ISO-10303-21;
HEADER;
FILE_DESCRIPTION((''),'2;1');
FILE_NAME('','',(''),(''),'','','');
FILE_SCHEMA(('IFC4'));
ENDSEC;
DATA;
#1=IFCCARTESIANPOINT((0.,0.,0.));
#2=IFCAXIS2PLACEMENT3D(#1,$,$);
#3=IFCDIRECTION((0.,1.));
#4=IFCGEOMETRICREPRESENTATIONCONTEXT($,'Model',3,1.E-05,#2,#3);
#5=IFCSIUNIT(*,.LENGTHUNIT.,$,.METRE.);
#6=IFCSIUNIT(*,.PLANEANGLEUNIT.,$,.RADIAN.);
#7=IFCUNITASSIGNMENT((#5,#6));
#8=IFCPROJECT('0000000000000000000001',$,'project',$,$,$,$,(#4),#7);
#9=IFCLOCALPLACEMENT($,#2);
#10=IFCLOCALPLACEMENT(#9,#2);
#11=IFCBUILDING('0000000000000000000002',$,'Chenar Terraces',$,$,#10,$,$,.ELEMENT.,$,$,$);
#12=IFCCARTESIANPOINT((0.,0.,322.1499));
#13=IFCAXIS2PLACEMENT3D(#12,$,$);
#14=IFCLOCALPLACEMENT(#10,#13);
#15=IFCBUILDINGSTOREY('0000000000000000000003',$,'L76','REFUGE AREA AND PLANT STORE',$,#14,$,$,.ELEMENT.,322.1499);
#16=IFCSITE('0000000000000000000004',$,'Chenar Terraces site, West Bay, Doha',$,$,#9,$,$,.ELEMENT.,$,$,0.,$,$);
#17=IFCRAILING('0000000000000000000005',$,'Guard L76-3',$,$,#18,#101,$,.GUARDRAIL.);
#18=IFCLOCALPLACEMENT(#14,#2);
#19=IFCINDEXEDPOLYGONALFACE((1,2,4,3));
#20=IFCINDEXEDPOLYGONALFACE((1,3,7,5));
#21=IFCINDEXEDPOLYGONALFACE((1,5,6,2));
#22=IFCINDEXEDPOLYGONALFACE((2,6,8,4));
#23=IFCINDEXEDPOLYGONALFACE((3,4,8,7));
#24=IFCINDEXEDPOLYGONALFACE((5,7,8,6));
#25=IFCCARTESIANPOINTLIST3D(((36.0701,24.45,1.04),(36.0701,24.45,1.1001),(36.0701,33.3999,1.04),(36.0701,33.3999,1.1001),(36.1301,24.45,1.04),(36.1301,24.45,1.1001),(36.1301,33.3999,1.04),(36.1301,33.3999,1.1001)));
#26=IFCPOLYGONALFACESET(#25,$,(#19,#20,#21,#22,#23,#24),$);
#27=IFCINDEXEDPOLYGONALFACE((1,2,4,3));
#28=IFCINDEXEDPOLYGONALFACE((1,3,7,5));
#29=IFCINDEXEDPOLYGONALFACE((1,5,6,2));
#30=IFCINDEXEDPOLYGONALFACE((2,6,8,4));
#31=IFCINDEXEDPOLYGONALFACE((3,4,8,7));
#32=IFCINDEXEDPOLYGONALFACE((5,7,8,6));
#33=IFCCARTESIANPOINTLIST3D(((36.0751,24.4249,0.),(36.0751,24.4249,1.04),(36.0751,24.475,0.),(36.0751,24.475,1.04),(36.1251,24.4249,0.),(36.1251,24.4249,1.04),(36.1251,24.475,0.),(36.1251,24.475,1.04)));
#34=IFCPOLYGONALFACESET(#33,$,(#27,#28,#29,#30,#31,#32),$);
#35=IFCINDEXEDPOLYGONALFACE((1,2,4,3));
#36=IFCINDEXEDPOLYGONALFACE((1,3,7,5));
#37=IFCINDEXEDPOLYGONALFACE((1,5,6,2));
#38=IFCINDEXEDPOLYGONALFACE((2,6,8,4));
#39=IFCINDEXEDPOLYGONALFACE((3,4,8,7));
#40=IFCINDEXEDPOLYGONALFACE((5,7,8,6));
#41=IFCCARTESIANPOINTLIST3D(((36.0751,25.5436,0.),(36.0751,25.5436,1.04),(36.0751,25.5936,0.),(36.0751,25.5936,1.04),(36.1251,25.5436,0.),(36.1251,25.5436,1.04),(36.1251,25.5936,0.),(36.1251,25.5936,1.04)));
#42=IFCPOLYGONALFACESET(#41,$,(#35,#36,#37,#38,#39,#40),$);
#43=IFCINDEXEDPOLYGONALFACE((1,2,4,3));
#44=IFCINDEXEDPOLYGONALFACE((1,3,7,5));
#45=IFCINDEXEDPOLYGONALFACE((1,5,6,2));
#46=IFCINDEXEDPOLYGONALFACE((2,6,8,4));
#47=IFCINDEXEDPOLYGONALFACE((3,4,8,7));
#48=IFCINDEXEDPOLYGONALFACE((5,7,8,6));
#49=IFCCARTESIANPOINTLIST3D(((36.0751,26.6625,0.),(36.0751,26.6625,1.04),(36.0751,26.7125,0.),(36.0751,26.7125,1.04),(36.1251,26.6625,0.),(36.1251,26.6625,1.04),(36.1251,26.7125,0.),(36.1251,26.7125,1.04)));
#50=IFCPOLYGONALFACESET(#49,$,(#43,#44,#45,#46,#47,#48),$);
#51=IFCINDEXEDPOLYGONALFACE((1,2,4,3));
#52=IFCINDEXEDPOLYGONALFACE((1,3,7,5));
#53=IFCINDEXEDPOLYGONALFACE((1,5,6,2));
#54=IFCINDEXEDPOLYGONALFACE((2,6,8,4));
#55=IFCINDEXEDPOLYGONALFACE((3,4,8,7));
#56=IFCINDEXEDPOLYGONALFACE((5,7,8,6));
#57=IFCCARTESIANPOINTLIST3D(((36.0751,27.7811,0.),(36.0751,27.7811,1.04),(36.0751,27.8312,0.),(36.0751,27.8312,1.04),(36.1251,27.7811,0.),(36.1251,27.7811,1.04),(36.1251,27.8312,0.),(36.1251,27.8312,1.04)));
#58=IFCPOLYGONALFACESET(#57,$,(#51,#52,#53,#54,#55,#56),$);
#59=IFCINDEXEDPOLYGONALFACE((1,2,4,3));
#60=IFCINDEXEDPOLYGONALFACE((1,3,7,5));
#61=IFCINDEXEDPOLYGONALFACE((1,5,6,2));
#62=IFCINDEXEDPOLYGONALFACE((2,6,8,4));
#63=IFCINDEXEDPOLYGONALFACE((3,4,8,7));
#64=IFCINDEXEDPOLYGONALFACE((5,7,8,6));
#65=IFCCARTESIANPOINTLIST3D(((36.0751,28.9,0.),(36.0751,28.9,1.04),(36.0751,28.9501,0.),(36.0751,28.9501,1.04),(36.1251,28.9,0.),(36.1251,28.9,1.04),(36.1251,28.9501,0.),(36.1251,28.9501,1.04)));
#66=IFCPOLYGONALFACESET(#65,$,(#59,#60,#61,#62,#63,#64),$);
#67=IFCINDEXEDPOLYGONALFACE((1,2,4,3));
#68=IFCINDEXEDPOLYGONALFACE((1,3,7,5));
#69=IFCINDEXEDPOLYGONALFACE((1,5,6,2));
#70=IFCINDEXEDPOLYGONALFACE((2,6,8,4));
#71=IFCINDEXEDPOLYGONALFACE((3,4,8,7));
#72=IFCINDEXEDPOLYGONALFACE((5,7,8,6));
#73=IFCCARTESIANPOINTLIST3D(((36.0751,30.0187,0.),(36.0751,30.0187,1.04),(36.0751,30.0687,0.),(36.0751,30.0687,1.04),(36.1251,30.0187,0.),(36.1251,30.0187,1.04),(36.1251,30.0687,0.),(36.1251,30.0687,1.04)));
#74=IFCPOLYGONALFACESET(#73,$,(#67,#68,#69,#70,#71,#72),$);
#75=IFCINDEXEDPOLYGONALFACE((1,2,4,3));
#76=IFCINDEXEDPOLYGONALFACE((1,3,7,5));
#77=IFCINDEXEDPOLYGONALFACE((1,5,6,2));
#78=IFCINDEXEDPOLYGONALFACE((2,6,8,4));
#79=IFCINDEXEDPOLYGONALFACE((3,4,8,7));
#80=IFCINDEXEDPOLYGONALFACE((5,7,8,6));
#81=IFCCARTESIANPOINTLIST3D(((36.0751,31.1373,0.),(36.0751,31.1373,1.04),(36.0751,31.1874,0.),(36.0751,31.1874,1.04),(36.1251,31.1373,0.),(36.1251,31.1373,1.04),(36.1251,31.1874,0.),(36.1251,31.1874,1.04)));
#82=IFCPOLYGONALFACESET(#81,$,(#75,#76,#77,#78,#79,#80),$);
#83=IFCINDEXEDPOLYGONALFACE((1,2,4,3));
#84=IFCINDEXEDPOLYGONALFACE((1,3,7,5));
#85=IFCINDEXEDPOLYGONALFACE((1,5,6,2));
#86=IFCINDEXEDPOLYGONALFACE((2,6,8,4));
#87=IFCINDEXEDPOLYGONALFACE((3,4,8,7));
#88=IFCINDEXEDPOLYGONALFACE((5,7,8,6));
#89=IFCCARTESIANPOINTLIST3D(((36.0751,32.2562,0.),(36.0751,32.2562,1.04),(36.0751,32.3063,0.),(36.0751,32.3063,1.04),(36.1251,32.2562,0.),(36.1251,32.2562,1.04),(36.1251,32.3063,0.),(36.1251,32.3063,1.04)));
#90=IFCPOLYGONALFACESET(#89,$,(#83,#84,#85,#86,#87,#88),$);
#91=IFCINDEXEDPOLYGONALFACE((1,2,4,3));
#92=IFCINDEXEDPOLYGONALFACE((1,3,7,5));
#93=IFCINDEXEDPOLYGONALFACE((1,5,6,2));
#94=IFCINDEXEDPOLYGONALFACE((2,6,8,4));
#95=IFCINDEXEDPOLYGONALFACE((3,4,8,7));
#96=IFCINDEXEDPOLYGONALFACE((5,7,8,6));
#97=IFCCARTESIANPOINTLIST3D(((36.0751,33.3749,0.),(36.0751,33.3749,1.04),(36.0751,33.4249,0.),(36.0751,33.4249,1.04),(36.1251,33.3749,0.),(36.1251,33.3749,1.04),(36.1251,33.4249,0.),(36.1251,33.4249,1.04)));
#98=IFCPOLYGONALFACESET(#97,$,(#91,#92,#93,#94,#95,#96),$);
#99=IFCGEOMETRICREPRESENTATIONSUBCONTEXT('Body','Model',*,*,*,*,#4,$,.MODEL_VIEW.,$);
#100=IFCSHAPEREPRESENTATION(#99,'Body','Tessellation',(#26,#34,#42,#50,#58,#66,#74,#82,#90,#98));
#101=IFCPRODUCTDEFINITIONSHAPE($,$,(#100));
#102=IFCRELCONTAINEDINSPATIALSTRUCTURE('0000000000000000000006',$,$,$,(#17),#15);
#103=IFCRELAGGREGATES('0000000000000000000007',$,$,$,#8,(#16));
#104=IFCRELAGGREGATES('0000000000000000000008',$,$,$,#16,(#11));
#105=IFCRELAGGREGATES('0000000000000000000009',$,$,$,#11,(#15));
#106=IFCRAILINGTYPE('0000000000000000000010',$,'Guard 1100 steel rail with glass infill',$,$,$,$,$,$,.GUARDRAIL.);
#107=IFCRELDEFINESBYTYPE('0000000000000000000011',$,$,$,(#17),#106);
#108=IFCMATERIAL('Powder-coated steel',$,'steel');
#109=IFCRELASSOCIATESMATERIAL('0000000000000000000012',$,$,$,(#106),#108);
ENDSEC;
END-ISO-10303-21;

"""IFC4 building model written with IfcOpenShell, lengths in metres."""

from ifc_helpers import new_model, si_unit, direction, frame, origin, origin_2d, place, context, subcontext, project, spatial, rectangle, extrude, material, type_object, element, save


model = new_model("IFC4")

# Units and contexts
model_context = context("Model", 3, precision=1e-05, world=origin(), true_north=direction((0.0, 1.0)))
body_context = subcontext(model_context, "Body", "Model", "MODEL_VIEW")
ifc_project = project(units=[si_unit("LENGTHUNIT", "METRE"), si_unit("PLANEANGLEUNIT", "RADIAN")], contexts=[model_context])

# Site, building, storey
site_placement = place(None, origin())
site = spatial("IfcSite", under=ifc_project, at=site_placement, Name="Chenar Terraces site, West Bay, Doha", CompositionType="ELEMENT", RefElevation=0.0)
building_placement = place(site_placement, origin())
building = spatial("IfcBuilding", under=site, at=building_placement, Name="Chenar Terraces", CompositionType="ELEMENT")
storey_placement = place(building_placement, frame((0.0, 0.0, 322.1499)))
storey = spatial("IfcBuildingStorey", under=building, at=storey_placement, Name="L76", Description="REFUGE AREA AND PLANT STORE", CompositionType="ELEMENT", Elevation=322.1499)

# Railing
ifc_material_1 = material(Name="Powder-coated steel", Category="steel")
railing_type = type_object("IfcRailingType", Name="Guard 1100 steel rail with glass infill", PredefinedType="GUARDRAIL", material=ifc_material_1)
railing_1_placement = place(storey_placement, frame((36.1001, 24.45, 0.0)))
element("IfcRailing", 1, at=railing_1_placement, inside=storey, type_object=railing_type, Name="Guard L76-3", PredefinedType="GUARDRAIL", context=body_context, shape_type="SweptSolid", body=[
    extrude(rectangle(XDim=0.0601, YDim=0.0601, at=origin_2d()), frame((0.0, 0.0, 1.0701), z_axis=(0.0, 1.0, 0.0), x_axis=(-1.0, 0.0, 0.0)), (0.0, 0.0, 1.0), 8.95),
    extrude(rectangle(XDim=0.05, YDim=0.05, at=origin_2d()), origin(), (0.0, 0.0, 1.0), 1.04),
    extrude(rectangle(XDim=0.05, YDim=0.05, at=origin_2d()), frame((0.0, 1.1187, 0.0)), (0.0, 0.0, 1.0), 1.04),
    extrude(rectangle(XDim=0.05, YDim=0.05, at=origin_2d()), frame((0.0, 2.2375, 0.0)), (0.0, 0.0, 1.0), 1.04),
    extrude(rectangle(XDim=0.05, YDim=0.05, at=origin_2d()), frame((0.0, 3.3562, 0.0)), (0.0, 0.0, 1.0), 1.04),
    extrude(rectangle(XDim=0.05, YDim=0.05, at=origin_2d()), frame((0.0, 4.4751, 0.0)), (0.0, 0.0, 1.0), 1.04),
    extrude(rectangle(XDim=0.05, YDim=0.05, at=origin_2d()), frame((0.0, 5.5938, 0.0)), (0.0, 0.0, 1.0), 1.04),
    extrude(rectangle(XDim=0.05, YDim=0.05, at=origin_2d()), frame((0.0, 6.7124, 0.0)), (0.0, 0.0, 1.0), 1.04),
    extrude(rectangle(XDim=0.05, YDim=0.05, at=origin_2d()), frame((0.0, 7.8313, 0.0)), (0.0, 0.0, 1.0), 1.04),
    extrude(rectangle(XDim=0.05, YDim=0.05, at=origin_2d()), frame((0.0, 8.95, 0.0)), (0.0, 0.0, 1.0), 1.04),
])

save(model, "model.ifc")
